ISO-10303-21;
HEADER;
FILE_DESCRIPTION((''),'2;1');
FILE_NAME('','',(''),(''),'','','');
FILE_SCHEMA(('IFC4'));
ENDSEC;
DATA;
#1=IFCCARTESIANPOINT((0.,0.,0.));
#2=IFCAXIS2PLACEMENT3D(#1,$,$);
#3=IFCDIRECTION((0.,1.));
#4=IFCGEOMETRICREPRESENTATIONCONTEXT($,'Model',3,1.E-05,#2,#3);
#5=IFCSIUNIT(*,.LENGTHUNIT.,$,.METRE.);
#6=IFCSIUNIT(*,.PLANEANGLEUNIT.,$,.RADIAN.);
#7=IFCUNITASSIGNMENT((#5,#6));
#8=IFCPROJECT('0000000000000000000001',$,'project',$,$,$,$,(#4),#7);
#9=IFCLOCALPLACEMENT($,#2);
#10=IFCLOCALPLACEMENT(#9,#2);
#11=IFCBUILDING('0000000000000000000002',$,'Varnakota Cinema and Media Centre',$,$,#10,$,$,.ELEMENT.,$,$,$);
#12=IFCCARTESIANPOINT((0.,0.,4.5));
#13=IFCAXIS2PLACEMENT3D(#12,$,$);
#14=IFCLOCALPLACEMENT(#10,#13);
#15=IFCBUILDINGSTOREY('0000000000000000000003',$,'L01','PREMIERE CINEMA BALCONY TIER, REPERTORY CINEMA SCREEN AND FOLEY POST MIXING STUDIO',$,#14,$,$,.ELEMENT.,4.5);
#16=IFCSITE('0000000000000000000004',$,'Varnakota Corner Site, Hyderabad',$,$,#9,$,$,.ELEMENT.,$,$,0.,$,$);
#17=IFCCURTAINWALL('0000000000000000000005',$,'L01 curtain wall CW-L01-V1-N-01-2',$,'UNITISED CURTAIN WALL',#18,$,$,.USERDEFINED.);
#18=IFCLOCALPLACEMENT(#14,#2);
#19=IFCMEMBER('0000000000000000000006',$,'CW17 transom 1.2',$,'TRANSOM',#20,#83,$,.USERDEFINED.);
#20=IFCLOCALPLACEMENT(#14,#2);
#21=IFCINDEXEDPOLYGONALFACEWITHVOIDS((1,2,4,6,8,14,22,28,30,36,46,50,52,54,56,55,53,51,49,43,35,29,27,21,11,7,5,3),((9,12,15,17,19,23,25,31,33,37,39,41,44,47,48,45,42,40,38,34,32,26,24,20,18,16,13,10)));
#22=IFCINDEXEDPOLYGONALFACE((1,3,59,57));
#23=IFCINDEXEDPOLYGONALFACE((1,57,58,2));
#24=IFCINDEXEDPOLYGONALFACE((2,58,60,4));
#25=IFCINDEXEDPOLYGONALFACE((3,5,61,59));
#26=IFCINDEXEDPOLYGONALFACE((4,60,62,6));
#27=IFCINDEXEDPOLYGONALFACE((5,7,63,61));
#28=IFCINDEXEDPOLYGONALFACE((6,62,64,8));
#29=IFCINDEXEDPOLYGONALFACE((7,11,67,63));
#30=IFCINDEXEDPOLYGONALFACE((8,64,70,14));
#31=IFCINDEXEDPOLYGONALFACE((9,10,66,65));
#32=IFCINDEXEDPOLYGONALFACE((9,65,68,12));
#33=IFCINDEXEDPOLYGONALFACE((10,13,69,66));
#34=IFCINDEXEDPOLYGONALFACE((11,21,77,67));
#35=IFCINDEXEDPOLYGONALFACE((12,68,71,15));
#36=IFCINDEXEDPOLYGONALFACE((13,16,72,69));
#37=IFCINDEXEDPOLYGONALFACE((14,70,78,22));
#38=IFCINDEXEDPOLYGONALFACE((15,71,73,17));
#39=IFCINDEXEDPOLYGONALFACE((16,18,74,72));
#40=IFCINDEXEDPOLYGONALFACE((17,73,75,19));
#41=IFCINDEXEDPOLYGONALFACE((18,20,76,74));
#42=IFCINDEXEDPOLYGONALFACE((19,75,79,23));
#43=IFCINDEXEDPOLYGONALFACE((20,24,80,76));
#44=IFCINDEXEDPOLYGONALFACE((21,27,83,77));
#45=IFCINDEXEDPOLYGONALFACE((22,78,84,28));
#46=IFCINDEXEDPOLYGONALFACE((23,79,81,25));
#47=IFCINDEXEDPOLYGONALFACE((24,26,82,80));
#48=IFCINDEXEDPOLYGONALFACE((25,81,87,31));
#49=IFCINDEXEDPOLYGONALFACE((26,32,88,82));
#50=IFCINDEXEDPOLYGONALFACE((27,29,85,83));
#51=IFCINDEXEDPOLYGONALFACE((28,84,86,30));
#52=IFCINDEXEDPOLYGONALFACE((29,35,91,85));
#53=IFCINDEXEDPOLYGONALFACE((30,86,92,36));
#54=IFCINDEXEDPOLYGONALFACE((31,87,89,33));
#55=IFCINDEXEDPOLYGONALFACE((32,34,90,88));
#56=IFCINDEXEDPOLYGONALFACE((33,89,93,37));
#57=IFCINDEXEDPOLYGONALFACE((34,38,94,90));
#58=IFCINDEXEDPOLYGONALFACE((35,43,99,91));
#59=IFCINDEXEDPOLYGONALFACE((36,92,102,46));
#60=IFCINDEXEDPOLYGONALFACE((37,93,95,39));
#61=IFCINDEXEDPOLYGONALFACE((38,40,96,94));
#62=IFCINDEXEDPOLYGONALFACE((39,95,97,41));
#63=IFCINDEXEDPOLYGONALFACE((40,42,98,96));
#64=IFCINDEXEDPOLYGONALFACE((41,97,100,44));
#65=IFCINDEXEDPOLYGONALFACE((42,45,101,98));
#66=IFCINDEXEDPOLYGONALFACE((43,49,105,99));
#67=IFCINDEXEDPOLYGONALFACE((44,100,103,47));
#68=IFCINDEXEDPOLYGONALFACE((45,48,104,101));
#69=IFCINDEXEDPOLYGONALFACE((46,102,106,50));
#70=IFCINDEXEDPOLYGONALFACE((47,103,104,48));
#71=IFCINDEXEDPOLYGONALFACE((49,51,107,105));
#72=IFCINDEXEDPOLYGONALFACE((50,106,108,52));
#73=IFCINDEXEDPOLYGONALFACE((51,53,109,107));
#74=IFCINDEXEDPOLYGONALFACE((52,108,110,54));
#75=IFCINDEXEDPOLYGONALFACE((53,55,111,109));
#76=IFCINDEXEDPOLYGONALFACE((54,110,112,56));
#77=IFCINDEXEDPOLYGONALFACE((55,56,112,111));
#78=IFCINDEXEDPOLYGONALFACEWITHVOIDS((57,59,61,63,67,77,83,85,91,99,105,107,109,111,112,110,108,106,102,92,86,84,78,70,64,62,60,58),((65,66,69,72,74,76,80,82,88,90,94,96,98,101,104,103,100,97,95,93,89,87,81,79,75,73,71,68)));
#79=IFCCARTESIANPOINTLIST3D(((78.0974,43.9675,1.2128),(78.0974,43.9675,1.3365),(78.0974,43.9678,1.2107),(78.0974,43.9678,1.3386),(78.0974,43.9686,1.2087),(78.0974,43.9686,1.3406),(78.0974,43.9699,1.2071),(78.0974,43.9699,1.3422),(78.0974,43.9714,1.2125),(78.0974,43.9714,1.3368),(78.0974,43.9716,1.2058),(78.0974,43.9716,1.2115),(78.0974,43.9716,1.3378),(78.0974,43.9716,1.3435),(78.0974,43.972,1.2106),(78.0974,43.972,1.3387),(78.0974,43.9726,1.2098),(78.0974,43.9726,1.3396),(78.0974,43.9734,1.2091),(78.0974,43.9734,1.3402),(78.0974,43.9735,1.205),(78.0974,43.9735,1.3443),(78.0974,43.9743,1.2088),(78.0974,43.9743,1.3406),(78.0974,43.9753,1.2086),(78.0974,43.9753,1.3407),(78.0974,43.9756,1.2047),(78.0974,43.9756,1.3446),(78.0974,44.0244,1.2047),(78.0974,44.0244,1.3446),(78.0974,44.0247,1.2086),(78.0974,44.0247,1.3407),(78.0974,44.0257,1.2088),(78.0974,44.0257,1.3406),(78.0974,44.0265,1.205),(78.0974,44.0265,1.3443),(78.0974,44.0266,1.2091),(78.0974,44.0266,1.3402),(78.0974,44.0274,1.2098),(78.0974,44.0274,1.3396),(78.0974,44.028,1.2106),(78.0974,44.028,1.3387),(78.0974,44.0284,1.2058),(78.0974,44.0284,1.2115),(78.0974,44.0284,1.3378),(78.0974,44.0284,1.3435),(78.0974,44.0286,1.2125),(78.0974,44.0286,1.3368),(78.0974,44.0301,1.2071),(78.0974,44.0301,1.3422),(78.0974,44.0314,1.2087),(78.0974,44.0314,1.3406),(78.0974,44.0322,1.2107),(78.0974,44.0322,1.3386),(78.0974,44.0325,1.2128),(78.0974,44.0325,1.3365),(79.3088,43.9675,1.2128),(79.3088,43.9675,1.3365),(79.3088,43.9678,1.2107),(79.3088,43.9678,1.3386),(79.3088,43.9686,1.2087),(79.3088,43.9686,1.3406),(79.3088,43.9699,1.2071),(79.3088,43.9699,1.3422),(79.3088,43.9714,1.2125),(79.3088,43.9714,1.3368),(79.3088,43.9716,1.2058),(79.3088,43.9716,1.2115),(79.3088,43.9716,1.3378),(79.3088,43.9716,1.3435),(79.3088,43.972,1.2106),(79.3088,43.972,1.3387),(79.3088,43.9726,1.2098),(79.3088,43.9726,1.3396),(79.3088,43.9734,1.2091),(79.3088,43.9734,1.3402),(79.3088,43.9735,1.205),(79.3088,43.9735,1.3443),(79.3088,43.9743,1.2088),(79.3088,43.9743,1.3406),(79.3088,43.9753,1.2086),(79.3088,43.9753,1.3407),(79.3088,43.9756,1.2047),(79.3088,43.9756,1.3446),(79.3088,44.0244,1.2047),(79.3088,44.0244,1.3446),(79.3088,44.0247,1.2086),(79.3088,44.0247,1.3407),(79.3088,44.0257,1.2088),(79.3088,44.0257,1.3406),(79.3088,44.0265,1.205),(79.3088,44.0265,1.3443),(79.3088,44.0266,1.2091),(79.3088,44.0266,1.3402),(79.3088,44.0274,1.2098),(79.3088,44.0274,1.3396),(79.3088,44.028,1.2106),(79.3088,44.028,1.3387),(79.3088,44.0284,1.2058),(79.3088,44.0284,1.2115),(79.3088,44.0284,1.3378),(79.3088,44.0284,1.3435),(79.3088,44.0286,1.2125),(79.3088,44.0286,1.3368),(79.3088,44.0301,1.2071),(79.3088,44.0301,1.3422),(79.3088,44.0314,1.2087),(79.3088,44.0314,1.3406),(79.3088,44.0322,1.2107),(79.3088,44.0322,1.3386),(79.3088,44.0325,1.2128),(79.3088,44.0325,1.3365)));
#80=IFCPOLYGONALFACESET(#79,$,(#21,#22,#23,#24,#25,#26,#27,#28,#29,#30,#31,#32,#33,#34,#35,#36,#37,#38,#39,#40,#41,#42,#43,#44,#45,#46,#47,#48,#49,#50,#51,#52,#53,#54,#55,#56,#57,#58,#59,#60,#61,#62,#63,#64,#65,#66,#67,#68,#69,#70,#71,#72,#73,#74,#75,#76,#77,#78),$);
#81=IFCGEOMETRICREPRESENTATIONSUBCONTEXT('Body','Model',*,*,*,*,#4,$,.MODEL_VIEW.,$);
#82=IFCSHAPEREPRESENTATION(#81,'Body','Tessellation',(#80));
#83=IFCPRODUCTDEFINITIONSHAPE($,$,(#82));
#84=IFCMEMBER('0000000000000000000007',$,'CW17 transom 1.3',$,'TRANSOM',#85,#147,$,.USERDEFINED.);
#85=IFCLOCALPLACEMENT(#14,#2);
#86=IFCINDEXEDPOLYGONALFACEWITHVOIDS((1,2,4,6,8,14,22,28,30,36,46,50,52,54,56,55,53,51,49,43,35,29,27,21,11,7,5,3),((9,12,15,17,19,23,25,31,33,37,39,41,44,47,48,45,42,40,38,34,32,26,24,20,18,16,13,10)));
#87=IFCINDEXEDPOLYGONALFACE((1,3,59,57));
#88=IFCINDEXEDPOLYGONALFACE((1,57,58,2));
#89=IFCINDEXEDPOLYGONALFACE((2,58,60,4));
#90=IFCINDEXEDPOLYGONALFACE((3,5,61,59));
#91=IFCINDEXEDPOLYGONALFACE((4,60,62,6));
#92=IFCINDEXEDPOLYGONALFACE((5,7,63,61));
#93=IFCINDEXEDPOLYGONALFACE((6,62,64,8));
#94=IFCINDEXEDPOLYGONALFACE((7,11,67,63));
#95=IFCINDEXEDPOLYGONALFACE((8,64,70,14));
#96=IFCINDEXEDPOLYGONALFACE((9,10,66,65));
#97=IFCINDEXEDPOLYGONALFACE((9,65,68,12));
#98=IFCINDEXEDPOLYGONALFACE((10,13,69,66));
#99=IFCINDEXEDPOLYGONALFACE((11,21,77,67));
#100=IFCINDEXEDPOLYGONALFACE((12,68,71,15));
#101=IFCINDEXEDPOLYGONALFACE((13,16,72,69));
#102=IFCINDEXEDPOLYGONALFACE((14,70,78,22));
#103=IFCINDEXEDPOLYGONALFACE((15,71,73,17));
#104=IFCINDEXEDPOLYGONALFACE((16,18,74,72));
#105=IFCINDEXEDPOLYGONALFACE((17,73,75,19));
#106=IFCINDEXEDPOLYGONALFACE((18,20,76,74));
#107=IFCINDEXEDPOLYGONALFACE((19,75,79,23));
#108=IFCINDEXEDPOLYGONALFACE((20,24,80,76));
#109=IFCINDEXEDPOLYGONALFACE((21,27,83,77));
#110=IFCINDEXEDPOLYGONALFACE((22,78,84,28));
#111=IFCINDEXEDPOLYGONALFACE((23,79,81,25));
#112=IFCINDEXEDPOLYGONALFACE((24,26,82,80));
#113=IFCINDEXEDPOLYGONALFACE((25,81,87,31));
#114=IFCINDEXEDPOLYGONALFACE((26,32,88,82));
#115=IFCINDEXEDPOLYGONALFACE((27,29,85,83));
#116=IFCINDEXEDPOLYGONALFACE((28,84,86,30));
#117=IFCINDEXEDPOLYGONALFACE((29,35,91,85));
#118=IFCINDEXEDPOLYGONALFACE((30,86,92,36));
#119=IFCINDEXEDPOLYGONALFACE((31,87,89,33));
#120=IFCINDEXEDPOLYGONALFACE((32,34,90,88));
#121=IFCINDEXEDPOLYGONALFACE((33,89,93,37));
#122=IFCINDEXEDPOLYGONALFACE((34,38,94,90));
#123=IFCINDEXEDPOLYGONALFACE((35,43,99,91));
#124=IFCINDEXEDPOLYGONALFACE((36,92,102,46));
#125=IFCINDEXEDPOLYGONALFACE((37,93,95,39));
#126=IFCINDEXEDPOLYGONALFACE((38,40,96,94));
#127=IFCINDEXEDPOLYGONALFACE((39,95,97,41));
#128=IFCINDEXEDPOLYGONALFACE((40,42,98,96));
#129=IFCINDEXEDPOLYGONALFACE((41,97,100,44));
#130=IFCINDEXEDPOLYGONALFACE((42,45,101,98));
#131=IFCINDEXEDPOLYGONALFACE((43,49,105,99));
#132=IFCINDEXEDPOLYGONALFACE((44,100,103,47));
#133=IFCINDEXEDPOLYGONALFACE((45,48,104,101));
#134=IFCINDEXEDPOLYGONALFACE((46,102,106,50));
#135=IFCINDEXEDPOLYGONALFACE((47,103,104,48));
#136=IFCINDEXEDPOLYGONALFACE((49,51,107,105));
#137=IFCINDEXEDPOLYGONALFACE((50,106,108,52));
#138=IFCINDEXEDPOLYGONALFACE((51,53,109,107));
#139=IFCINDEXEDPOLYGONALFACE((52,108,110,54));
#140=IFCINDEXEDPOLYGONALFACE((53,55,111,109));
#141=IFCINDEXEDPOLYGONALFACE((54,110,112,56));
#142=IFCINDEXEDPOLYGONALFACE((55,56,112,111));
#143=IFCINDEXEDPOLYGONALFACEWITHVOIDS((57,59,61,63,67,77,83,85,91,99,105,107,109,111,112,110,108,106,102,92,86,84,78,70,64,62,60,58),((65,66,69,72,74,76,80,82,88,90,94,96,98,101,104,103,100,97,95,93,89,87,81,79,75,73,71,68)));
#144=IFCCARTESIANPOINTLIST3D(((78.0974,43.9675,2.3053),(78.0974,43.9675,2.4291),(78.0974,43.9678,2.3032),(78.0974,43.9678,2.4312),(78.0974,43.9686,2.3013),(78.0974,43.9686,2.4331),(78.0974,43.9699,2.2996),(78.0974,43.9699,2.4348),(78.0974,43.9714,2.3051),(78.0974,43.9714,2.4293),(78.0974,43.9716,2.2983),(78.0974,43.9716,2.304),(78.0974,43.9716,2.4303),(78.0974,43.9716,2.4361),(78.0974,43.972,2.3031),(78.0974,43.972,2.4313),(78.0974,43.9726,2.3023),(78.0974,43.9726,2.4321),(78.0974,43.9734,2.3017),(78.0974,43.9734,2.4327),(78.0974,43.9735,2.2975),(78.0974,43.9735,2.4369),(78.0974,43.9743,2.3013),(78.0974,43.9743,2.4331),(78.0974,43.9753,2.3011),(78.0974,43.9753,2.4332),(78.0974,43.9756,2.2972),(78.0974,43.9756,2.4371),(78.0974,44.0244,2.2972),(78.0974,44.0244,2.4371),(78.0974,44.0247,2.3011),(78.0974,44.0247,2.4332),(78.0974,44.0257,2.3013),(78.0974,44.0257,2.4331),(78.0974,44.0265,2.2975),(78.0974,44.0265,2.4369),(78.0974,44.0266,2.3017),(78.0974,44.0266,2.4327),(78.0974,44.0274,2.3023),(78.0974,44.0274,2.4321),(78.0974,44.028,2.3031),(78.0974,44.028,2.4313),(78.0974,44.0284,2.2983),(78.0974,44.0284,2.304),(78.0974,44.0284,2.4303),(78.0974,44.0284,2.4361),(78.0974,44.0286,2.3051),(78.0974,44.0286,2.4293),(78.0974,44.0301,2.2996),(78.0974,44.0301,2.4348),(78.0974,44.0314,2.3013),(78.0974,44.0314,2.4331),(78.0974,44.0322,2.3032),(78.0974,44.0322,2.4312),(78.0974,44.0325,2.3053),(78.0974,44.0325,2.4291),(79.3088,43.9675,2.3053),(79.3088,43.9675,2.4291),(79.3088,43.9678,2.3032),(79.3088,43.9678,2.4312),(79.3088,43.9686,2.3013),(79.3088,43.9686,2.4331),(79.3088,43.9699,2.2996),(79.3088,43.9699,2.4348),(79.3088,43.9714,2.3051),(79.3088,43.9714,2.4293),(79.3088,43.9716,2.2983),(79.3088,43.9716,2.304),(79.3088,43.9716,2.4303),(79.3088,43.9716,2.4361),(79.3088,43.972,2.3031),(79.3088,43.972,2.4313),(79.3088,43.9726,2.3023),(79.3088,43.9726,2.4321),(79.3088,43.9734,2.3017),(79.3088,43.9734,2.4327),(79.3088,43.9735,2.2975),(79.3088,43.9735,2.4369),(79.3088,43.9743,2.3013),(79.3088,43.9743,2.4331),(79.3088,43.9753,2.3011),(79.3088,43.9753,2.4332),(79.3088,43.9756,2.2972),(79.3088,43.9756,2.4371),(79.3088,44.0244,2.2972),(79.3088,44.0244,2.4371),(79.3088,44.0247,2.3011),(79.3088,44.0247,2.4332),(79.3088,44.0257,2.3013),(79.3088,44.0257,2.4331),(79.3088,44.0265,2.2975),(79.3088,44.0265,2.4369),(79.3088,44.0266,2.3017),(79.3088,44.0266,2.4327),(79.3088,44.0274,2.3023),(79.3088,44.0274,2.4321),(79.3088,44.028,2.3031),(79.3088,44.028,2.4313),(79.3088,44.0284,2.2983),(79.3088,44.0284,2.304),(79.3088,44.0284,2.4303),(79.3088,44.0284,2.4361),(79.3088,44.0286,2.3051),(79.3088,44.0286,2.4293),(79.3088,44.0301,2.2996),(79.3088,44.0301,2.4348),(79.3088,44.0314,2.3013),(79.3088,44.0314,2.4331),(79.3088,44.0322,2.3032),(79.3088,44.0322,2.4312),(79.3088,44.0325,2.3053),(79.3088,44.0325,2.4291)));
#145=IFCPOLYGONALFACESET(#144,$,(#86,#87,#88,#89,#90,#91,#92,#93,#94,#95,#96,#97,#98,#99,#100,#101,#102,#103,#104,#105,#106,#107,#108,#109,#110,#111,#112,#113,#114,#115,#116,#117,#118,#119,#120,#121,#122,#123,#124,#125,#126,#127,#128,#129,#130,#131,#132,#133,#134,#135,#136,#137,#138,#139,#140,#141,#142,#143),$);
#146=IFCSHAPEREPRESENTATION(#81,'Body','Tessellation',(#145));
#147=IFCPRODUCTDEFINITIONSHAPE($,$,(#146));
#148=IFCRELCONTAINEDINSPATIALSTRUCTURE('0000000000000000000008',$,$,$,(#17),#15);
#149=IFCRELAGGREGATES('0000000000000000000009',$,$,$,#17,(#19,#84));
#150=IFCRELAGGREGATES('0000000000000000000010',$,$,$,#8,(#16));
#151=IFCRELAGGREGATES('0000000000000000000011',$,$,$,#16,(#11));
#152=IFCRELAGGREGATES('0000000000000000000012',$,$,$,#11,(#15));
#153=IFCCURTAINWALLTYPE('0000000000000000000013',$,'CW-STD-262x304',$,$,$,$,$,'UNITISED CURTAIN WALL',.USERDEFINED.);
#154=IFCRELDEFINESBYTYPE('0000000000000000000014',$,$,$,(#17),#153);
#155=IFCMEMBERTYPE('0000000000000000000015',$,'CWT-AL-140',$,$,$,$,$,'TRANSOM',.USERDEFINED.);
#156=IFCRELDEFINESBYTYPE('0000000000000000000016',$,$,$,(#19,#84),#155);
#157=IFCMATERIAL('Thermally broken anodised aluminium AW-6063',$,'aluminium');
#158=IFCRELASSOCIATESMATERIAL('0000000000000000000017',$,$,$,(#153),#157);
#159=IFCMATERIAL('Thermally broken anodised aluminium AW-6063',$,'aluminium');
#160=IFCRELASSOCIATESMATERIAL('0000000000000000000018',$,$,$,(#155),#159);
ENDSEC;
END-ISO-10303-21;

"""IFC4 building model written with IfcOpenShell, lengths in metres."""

from ifc_helpers import new_model, si_unit, direction, frame, origin, origin_2d, place, context, subcontext, project, spatial, hollow_rectangle, extrude, material, material_profile, profile_set, type_object, element, aggregate, save


model = new_model("IFC4")

# Units and contexts
model_context = context("Model", 3, precision=1e-05, world=origin(), true_north=direction((0.0, 1.0)))
body_context = subcontext(model_context, "Body", "Model", "MODEL_VIEW")
ifc_project = project(units=[si_unit("LENGTHUNIT", "METRE"), si_unit("PLANEANGLEUNIT", "RADIAN")], contexts=[model_context])

# Site, building, storey
site_placement = place(None, origin())
site = spatial("IfcSite", under=ifc_project, at=site_placement, Name="Varnakota Corner Site, Hyderabad", CompositionType="ELEMENT", RefElevation=0.0)
building_placement = place(site_placement, origin())
building = spatial("IfcBuilding", under=site, at=building_placement, Name="Varnakota Cinema and Media Centre", CompositionType="ELEMENT")
storey_placement = place(building_placement, frame((0.0, 0.0, 4.5)))
storey = spatial("IfcBuildingStorey", under=building, at=storey_placement, Name="L01", Description="PREMIERE CINEMA BALCONY TIER, REPERTORY CINEMA SCREEN AND FOLEY POST MIXING STUDIO", CompositionType="ELEMENT", Elevation=4.5)

# Shared definitions
ifc_material_1 = material(Name="Thermally broken anodised aluminium AW-6063", Category="aluminium")
curtain_wall_type = type_object("IfcCurtainWallType", Name="CW-STD-262x304", ElementType="UNITISED CURTAIN WALL", PredefinedType="USERDEFINED", material=ifc_material_1)

# Curtain wall
curtain_wall_1_placement = place(storey_placement, origin())
curtain_wall_1 = element("IfcCurtainWall", 1, at=curtain_wall_1_placement, inside=storey, type_object=curtain_wall_type, Name="L01 curtain wall CW-L01-V1-N-01-2", ObjectType="UNITISED CURTAIN WALL", PredefinedType="USERDEFINED")

# Members
ifc_material_2 = material(Name="Thermally broken anodised aluminium AW-6063", Category="aluminium")
ifc_material_profile_1 = material_profile(ifc_material_2, hollow_rectangle(XDim=0.0649, YDim=0.1399, WallThickness=0.0039, InnerFilletRadius=0.0039, OuterFilletRadius=0.0081, at=origin_2d()), Name="AL-TRANSOM 140x65x4")
ifc_profile_set_1 = profile_set([ifc_material_profile_1], Name="Thermally broken anodised aluminium AW-6063")
member_type_1 = type_object("IfcMemberType", Name="CWT-AL-140", ElementType="TRANSOM", PredefinedType="USERDEFINED", material=ifc_profile_set_1)
member_1_placement = place(storey_placement, frame((78.0974, 44.0, 1.2747), z_axis=(1.0, 0.0, 0.0), x_axis=(0.0, 1.0, 0.0)))
member_1 = element("IfcMember", 2, at=member_1_placement, type_object=member_type_1, Name="CW17 transom 1.2", ObjectType="TRANSOM", PredefinedType="USERDEFINED", context=body_context, shape_type="SweptSolid", body=[
    extrude(hollow_rectangle(XDim=0.0649, YDim=0.1399, WallThickness=0.0039, InnerFilletRadius=0.0039, OuterFilletRadius=0.0081, at=origin_2d()), origin(), (0.0, 0.0, 1.0), 1.2114),
])
member_2_placement = place(storey_placement, frame((78.0974, 44.0, 2.3672), z_axis=(1.0, 0.0, 0.0), x_axis=(0.0, 1.0, 0.0)))
member_2 = element("IfcMember", 3, at=member_2_placement, type_object=member_type_1, Name="CW17 transom 1.3", ObjectType="TRANSOM", PredefinedType="USERDEFINED", context=body_context, shape_type="SweptSolid", body=[
    extrude(hollow_rectangle(XDim=0.0649, YDim=0.1399, WallThickness=0.0039, InnerFilletRadius=0.0039, OuterFilletRadius=0.0081, at=origin_2d()), origin(), (0.0, 0.0, 1.0), 1.2114),
])

aggregate(curtain_wall_1, [member_1, member_2])

save(model, "model.ifc")
